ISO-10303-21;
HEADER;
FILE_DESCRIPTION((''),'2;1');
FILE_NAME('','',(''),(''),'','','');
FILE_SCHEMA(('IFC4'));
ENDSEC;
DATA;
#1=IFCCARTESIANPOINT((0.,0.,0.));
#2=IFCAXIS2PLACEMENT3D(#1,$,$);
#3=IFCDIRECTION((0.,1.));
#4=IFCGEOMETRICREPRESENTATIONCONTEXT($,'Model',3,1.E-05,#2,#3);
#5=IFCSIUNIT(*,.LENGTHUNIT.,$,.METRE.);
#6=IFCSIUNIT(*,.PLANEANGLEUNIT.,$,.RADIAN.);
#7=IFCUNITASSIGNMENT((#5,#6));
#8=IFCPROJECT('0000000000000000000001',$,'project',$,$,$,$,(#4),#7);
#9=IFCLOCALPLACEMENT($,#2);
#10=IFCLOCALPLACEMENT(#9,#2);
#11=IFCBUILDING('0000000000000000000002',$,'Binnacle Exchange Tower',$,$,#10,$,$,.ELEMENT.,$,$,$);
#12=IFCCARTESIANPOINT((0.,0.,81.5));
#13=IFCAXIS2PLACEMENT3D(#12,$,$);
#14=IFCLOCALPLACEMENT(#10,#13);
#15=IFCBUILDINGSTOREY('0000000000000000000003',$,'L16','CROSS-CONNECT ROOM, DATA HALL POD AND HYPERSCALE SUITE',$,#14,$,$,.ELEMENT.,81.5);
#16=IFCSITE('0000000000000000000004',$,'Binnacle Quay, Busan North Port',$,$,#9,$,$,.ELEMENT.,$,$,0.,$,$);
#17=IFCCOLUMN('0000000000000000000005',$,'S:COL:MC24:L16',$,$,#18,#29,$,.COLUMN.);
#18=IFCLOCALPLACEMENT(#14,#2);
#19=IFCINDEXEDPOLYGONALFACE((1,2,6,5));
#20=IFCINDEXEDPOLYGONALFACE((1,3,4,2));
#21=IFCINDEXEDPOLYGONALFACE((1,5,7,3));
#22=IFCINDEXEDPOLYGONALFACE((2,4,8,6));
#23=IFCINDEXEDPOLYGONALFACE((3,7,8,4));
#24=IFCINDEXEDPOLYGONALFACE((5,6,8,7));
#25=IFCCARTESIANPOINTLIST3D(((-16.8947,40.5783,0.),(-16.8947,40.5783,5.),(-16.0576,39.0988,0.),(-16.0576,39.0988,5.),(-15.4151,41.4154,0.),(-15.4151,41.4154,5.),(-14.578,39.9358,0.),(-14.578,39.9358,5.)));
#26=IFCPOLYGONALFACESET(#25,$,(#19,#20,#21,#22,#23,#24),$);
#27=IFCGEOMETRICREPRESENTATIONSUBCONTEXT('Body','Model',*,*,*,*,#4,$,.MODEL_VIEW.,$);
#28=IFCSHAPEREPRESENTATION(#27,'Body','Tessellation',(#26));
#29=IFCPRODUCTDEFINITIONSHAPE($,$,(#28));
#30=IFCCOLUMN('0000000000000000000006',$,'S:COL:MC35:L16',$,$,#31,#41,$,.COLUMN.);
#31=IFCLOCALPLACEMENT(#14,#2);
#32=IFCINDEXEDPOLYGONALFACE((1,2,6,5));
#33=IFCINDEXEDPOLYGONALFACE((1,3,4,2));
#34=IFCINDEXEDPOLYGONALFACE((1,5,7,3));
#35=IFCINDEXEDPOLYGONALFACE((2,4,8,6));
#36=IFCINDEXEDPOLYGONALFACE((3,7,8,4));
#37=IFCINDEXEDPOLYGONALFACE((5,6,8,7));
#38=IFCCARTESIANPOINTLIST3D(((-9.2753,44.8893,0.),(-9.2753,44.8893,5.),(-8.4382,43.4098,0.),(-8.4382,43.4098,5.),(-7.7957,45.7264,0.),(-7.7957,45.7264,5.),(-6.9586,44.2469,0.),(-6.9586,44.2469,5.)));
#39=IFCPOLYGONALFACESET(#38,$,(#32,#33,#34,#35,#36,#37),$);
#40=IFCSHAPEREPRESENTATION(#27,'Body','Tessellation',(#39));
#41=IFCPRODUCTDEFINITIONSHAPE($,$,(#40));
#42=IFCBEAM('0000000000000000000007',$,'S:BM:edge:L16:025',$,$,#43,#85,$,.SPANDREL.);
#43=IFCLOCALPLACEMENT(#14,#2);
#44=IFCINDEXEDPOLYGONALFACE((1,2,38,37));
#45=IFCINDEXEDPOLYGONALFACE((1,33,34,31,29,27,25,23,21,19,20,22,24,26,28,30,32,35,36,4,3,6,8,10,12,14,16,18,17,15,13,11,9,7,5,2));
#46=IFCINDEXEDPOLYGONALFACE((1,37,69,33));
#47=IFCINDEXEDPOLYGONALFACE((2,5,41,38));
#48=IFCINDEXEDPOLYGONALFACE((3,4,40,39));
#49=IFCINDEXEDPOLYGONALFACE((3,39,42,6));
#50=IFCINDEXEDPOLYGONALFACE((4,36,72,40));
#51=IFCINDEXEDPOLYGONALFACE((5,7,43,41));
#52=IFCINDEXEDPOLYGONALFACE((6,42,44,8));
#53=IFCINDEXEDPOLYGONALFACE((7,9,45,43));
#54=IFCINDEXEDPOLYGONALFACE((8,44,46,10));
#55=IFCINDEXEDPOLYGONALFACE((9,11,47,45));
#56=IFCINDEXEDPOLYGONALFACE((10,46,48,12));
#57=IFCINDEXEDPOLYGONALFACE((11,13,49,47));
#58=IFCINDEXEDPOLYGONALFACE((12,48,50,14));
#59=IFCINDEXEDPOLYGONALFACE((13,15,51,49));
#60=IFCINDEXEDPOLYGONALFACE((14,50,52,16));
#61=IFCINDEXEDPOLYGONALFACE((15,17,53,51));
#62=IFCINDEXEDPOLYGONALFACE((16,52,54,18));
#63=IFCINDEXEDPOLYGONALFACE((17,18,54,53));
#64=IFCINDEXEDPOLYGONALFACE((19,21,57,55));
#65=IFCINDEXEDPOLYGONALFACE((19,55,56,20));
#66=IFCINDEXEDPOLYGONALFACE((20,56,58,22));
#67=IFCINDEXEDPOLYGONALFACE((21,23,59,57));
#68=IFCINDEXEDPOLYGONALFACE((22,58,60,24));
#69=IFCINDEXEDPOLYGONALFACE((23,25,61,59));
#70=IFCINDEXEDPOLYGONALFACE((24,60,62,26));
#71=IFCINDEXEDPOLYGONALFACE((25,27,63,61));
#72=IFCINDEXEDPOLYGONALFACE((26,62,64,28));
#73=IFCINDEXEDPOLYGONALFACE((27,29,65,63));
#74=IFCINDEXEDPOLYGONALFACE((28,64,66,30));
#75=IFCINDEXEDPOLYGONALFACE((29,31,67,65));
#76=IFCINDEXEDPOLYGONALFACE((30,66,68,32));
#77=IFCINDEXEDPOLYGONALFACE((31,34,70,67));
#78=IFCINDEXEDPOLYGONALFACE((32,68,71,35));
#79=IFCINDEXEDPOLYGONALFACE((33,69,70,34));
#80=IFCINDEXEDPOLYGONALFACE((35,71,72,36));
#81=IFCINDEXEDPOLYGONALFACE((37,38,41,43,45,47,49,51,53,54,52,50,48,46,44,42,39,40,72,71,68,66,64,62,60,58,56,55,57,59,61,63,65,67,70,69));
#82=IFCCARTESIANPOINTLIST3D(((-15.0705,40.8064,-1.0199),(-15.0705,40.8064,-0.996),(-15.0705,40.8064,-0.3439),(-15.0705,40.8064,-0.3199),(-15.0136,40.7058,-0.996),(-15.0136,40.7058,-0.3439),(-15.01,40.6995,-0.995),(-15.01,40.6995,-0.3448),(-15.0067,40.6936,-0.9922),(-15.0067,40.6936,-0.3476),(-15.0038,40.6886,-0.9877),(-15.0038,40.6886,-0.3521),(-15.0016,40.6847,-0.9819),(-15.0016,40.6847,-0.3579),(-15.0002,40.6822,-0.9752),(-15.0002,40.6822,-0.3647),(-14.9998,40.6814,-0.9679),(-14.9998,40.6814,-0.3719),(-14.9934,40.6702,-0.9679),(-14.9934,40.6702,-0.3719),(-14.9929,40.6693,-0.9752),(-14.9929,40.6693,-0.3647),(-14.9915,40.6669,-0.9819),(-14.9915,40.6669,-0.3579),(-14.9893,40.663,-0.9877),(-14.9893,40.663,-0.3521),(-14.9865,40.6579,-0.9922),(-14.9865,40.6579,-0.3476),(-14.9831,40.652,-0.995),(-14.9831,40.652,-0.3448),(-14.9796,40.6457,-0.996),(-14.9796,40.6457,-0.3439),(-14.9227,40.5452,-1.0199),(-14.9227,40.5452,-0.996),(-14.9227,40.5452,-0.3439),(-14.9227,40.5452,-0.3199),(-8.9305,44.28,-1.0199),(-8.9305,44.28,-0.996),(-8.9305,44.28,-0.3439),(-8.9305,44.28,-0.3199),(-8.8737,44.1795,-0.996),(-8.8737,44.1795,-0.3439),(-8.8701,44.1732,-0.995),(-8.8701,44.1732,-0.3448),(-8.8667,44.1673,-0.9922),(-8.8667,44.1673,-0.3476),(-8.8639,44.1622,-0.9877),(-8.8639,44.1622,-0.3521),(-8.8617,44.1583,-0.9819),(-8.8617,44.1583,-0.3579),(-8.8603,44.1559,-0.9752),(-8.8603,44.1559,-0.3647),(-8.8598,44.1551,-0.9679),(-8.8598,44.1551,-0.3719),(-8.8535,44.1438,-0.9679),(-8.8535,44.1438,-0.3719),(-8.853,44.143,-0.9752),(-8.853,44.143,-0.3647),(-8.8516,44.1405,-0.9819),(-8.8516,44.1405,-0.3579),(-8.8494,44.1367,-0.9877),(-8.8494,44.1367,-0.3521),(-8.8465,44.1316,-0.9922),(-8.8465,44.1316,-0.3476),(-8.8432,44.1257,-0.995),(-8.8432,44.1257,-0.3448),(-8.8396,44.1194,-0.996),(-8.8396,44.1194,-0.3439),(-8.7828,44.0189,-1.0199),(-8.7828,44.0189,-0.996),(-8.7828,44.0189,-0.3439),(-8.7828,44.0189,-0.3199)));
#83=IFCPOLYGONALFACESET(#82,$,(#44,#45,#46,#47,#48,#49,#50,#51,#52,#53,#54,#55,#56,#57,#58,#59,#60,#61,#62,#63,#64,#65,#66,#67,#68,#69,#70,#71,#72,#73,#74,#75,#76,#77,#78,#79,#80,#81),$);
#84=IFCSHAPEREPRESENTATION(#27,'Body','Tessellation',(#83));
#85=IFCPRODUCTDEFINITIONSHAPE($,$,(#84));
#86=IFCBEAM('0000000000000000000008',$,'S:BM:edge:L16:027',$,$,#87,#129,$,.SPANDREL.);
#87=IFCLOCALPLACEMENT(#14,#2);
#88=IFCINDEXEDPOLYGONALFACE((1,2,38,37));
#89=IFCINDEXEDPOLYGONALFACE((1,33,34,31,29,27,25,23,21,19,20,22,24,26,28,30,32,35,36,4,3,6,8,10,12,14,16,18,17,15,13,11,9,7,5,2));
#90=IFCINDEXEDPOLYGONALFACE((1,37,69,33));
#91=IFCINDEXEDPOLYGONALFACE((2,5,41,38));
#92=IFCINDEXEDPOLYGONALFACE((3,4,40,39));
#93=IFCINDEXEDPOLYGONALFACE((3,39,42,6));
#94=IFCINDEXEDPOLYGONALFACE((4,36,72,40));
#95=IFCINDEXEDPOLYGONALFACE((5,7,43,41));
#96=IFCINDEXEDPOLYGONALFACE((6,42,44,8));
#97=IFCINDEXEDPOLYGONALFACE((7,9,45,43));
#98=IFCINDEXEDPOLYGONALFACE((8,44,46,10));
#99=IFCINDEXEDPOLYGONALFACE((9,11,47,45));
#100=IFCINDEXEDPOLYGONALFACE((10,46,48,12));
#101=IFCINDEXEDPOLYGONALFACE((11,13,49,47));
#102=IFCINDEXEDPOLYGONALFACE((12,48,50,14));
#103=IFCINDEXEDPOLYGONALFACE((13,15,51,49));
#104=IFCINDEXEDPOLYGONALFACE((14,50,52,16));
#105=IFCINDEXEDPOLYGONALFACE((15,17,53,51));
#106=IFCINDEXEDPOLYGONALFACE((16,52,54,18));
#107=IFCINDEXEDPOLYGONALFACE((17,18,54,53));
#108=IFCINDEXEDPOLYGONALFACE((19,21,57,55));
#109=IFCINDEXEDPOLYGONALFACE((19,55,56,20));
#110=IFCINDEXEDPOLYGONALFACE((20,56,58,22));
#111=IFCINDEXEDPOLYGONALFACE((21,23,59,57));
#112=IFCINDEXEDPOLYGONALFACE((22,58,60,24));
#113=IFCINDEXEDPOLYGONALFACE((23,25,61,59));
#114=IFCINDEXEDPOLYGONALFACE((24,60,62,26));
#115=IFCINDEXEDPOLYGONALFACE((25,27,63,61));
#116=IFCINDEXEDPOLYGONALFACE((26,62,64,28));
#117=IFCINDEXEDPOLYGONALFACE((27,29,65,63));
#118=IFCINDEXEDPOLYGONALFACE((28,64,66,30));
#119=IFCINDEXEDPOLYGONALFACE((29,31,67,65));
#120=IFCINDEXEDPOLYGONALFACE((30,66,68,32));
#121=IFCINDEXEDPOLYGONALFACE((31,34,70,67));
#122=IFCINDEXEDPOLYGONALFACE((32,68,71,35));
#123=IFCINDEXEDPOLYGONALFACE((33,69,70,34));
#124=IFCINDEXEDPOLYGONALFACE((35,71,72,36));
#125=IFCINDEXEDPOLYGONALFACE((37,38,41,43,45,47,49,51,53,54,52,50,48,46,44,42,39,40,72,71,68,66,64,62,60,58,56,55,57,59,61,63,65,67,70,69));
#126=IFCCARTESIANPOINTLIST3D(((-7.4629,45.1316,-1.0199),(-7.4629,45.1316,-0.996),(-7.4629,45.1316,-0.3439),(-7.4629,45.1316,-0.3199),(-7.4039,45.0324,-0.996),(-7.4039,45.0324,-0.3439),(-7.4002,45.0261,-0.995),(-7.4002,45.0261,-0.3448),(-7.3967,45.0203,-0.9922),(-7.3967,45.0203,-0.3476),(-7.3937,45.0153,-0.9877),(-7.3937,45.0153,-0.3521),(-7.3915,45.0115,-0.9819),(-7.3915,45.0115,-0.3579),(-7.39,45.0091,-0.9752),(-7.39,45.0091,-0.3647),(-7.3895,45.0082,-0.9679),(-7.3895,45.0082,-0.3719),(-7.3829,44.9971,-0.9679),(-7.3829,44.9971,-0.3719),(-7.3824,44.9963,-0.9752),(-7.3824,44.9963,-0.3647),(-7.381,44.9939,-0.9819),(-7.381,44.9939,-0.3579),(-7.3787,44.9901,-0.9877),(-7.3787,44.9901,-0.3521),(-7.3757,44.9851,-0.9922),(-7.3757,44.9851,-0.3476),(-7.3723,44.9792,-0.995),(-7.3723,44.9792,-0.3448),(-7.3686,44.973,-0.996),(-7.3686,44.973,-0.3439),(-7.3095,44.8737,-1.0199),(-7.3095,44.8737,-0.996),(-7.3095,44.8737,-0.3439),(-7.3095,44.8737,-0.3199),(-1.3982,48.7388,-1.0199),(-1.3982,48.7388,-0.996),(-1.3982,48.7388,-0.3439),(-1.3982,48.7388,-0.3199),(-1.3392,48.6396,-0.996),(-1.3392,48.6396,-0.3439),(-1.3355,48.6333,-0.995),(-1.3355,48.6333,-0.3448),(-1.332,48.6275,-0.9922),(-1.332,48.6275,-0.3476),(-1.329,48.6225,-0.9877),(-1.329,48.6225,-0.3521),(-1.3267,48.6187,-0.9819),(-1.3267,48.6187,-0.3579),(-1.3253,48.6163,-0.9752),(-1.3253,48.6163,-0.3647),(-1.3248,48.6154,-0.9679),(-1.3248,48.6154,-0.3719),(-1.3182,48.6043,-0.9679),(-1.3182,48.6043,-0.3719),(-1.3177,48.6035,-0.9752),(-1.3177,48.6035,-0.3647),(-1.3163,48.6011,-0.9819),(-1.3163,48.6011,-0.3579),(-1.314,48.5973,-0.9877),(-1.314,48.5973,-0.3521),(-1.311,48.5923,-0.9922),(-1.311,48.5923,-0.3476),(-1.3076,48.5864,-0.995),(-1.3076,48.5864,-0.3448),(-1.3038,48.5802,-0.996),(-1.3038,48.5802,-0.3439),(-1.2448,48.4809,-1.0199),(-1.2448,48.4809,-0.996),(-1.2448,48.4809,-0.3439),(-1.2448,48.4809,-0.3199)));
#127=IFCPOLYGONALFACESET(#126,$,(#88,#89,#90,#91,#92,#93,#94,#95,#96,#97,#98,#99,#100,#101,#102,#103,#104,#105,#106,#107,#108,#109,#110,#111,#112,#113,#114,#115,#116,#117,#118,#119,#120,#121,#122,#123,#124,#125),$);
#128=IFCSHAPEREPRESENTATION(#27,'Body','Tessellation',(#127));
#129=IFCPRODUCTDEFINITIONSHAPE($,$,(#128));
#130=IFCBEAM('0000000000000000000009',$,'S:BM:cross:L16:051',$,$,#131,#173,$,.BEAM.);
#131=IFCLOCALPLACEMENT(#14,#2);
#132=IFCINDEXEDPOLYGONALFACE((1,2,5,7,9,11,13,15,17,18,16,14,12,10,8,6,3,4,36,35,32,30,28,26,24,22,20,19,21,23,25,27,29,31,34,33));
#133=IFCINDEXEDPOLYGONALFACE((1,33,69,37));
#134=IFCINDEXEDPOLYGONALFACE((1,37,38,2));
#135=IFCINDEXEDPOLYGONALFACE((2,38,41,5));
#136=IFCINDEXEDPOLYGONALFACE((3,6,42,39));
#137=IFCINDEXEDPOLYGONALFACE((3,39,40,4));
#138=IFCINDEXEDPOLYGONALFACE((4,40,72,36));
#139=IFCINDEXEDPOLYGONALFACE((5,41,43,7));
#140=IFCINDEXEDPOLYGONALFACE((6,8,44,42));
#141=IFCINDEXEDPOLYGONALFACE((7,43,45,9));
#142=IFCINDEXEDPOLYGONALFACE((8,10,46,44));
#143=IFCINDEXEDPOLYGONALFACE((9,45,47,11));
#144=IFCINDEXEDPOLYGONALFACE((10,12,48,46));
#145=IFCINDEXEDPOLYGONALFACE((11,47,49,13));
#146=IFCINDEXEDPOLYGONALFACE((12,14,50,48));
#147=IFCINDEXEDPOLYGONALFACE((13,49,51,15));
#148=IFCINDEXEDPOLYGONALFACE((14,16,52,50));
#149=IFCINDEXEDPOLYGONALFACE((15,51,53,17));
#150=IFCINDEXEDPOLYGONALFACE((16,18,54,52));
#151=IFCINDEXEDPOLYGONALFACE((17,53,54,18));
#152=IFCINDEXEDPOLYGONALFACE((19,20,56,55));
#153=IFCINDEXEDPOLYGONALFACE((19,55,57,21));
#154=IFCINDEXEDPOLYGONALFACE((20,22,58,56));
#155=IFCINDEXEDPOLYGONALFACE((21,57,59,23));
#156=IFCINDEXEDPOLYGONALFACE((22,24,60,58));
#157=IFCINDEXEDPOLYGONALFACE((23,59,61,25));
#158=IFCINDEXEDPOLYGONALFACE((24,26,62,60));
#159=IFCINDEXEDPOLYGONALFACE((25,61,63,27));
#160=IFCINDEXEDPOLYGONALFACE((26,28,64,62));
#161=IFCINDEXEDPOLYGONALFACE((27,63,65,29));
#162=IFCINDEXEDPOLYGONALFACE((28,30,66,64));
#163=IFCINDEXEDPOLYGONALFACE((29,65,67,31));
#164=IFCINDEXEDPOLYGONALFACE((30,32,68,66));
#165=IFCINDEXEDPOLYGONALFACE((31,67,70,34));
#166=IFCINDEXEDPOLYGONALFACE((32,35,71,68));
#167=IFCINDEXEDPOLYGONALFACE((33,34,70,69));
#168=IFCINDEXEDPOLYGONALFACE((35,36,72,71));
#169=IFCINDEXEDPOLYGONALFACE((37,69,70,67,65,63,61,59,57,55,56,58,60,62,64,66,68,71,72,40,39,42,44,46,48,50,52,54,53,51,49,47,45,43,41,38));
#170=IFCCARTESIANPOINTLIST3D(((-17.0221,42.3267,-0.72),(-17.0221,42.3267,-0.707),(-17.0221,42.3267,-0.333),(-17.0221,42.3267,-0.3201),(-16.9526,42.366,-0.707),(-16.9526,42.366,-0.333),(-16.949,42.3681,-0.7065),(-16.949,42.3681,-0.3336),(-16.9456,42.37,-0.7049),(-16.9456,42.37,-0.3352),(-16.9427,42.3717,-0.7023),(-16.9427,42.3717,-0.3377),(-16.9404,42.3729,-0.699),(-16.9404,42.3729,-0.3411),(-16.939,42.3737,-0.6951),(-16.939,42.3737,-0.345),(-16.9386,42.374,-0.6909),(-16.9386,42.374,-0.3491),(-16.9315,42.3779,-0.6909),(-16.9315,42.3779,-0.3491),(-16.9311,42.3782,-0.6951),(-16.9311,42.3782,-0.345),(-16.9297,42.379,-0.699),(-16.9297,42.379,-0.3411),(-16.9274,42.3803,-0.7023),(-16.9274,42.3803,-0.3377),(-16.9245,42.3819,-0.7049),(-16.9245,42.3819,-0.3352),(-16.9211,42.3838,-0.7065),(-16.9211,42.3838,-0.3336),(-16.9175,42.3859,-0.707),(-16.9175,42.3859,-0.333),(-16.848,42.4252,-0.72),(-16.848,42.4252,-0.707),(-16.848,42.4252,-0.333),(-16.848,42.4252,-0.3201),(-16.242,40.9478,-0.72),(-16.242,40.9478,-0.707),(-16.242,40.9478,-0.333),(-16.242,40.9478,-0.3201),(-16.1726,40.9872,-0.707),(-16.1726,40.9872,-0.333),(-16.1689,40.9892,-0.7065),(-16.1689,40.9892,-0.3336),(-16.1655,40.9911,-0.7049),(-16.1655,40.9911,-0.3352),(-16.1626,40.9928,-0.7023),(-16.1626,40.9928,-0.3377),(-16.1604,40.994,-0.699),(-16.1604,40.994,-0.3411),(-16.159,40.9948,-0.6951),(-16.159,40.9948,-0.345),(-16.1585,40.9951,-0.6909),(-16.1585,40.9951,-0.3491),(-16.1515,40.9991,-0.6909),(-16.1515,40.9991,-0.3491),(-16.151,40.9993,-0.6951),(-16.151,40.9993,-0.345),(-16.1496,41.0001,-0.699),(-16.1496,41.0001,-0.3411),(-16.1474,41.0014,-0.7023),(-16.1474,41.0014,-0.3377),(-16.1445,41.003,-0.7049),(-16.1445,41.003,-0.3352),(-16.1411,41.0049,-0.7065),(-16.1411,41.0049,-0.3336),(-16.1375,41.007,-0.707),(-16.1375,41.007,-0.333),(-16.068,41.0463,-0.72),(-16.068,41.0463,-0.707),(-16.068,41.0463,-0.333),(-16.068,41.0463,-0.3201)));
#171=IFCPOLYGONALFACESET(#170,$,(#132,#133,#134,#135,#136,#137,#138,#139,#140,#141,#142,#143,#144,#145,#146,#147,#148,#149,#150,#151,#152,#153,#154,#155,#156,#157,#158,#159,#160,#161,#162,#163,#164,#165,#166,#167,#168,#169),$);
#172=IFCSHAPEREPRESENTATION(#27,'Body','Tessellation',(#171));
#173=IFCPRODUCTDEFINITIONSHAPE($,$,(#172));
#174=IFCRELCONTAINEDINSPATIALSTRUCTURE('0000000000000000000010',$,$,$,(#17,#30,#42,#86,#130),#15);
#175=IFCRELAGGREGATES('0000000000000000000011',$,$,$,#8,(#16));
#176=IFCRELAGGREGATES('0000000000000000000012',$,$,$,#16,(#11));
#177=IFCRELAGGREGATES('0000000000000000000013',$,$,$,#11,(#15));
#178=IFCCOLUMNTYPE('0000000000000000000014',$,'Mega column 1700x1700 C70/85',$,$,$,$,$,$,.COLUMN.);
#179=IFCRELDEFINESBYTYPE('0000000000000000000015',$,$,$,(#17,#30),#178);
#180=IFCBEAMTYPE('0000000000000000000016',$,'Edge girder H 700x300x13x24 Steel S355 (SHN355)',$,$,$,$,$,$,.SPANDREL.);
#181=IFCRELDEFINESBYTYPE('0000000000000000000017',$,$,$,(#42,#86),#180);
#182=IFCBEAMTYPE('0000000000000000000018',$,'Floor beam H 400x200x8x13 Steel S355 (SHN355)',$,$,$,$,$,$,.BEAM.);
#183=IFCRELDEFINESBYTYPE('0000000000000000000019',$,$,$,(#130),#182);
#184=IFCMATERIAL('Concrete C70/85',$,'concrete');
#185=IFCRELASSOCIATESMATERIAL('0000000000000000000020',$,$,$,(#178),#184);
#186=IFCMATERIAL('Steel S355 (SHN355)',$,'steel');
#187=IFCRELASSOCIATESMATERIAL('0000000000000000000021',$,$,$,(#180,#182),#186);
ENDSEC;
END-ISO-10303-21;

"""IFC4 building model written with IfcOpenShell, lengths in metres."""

from ifc_helpers import new_model, si_unit, direction, frame, origin, origin_2d, place, context, subcontext, project, spatial, rectangle, i_section, extrude, material, material_profile, profile_set, type_object, element, save


model = new_model("IFC4")

# Units and contexts
model_context = context("Model", 3, precision=1e-05, world=origin(), true_north=direction((0.0, 1.0)))
body_context = subcontext(model_context, "Body", "Model", "MODEL_VIEW")
ifc_project = project(units=[si_unit("LENGTHUNIT", "METRE"), si_unit("PLANEANGLEUNIT", "RADIAN")], contexts=[model_context])

# Site, building, storey
site_placement = place(None, origin())
site = spatial("IfcSite", under=ifc_project, at=site_placement, Name="Binnacle Quay, Busan North Port", CompositionType="ELEMENT", RefElevation=0.0)
building_placement = place(site_placement, origin())
building = spatial("IfcBuilding", under=site, at=building_placement, Name="Binnacle Exchange Tower", CompositionType="ELEMENT")
storey_placement = place(building_placement, frame((0.0, 0.0, 81.5)))
storey = spatial("IfcBuildingStorey", under=building, at=storey_placement, Name="L16", Description="CROSS-CONNECT ROOM, DATA HALL POD AND HYPERSCALE SUITE", CompositionType="ELEMENT", Elevation=81.5)

# Columns
ifc_material_1 = material(Name="Concrete C70/85", Category="concrete")
ifc_material_profile_1 = material_profile(ifc_material_1, rectangle(XDim=1.7, YDim=1.7, at=origin_2d()), Name="Mega column 1700x1700 C70/85")
ifc_profile_set_1 = profile_set([ifc_material_profile_1], Name="Concrete C70/85")
column_type = type_object("IfcColumnType", Name="Mega column 1700x1700 C70/85", PredefinedType="COLUMN", material=ifc_profile_set_1)
for number, where, z_axis, x_axis, name in (
    (1, (-15.7363, 40.2571, 0.0), (0.0, 0.0, 1.0), (0.870356, 0.492424, 0.0), "S:COL:MC24:L16"),
    (2, (-8.1169, 44.5681, 0.0), (0.0, 0.0, 1.0), (0.870356, 0.492424, 0.0), "S:COL:MC35:L16"),
):
    element("IfcColumn", number, at=place(storey_placement, frame(where, z_axis=z_axis, x_axis=x_axis)), inside=storey, type_object=column_type, Name=name, PredefinedType="COLUMN", context=body_context, shape_type="SweptSolid", body=[
        extrude(rectangle(XDim=1.7, YDim=1.7, at=origin_2d()), origin(), (0.0, 0.0, 1.0), 5.0),
    ])

# Beams
ifc_material_2 = material(Name="Steel S355 (SHN355)", Category="steel")
ifc_material_profile_2 = material_profile(ifc_material_2, i_section(OverallWidth=0.3, OverallDepth=0.7, WebThickness=0.0129, FlangeThickness=0.0239, FilletRadius=0.0281, at=origin_2d()), Name="H 700x300x13x24")
ifc_profile_set_2 = profile_set([ifc_material_profile_2], Name="Steel S355 (SHN355)")
beam_type_1 = type_object("IfcBeamType", Name="Edge girder H 700x300x13x24 Steel S355 (SHN355)", PredefinedType="SPANDREL", material=ifc_profile_set_2)
beam_1_placement = place(storey_placement, frame((-14.9966, 40.6758, -0.6699), z_axis=(0.870365, 0.492407, 0.0), x_axis=(-0.492407, 0.870365, 0.0)))
element("IfcBeam", 3, at=beam_1_placement, inside=storey, type_object=beam_type_1, Name="S:BM:edge:L16:025", PredefinedType="SPANDREL", context=body_context, shape_type="SweptSolid", body=[
    extrude(i_section(OverallWidth=0.3, OverallDepth=0.7, WebThickness=0.0129, FlangeThickness=0.0239, FilletRadius=0.0281, at=origin_2d()), origin(), (0.0, 0.0, 1.0), 7.0544),
])
beam_2_placement = place(storey_placement, frame((-7.3862, 45.0027, -0.6699), z_axis=(0.859465, 0.511195, 0.0), x_axis=(-0.511195, 0.859465, 0.0)))
element("IfcBeam", 4, at=beam_2_placement, inside=storey, type_object=beam_type_1, Name="S:BM:edge:L16:027", PredefinedType="SPANDREL", context=body_context, shape_type="SweptSolid", body=[
    extrude(i_section(OverallWidth=0.3, OverallDepth=0.7, WebThickness=0.0129, FlangeThickness=0.0239, FilletRadius=0.0281, at=origin_2d()), origin(), (0.0, 0.0, 1.0), 7.0564),
])
ifc_material_profile_3 = material_profile(ifc_material_2, i_section(OverallWidth=0.2, OverallDepth=0.3999, WebThickness=0.0081, FlangeThickness=0.0129, FilletRadius=0.0161, at=origin_2d()), Name="H 400x200x8x13")
ifc_profile_set_3 = profile_set([ifc_material_profile_3], Name="Steel S355 (SHN355)")
beam_type_2 = type_object("IfcBeamType", Name="Floor beam H 400x200x8x13 Steel S355 (SHN355)", PredefinedType="BEAM", material=ifc_profile_set_3)
beam_3_placement = place(storey_placement, frame((-16.155, 40.9971, -0.52), z_axis=(-0.492367, 0.870388, 0.0), x_axis=(-0.870388, -0.492367, 0.0)))
element("IfcBeam", 5, at=beam_3_placement, inside=storey, type_object=beam_type_2, Name="S:BM:cross:L16:051", PredefinedType="BEAM", context=body_context, shape_type="SweptSolid", body=[
    extrude(i_section(OverallWidth=0.2, OverallDepth=0.3999, WebThickness=0.0081, FlangeThickness=0.0129, FilletRadius=0.0161, at=origin_2d()), origin(), (0.0, 0.0, 1.0), 1.5842),
])

save(model, "model.ifc")
